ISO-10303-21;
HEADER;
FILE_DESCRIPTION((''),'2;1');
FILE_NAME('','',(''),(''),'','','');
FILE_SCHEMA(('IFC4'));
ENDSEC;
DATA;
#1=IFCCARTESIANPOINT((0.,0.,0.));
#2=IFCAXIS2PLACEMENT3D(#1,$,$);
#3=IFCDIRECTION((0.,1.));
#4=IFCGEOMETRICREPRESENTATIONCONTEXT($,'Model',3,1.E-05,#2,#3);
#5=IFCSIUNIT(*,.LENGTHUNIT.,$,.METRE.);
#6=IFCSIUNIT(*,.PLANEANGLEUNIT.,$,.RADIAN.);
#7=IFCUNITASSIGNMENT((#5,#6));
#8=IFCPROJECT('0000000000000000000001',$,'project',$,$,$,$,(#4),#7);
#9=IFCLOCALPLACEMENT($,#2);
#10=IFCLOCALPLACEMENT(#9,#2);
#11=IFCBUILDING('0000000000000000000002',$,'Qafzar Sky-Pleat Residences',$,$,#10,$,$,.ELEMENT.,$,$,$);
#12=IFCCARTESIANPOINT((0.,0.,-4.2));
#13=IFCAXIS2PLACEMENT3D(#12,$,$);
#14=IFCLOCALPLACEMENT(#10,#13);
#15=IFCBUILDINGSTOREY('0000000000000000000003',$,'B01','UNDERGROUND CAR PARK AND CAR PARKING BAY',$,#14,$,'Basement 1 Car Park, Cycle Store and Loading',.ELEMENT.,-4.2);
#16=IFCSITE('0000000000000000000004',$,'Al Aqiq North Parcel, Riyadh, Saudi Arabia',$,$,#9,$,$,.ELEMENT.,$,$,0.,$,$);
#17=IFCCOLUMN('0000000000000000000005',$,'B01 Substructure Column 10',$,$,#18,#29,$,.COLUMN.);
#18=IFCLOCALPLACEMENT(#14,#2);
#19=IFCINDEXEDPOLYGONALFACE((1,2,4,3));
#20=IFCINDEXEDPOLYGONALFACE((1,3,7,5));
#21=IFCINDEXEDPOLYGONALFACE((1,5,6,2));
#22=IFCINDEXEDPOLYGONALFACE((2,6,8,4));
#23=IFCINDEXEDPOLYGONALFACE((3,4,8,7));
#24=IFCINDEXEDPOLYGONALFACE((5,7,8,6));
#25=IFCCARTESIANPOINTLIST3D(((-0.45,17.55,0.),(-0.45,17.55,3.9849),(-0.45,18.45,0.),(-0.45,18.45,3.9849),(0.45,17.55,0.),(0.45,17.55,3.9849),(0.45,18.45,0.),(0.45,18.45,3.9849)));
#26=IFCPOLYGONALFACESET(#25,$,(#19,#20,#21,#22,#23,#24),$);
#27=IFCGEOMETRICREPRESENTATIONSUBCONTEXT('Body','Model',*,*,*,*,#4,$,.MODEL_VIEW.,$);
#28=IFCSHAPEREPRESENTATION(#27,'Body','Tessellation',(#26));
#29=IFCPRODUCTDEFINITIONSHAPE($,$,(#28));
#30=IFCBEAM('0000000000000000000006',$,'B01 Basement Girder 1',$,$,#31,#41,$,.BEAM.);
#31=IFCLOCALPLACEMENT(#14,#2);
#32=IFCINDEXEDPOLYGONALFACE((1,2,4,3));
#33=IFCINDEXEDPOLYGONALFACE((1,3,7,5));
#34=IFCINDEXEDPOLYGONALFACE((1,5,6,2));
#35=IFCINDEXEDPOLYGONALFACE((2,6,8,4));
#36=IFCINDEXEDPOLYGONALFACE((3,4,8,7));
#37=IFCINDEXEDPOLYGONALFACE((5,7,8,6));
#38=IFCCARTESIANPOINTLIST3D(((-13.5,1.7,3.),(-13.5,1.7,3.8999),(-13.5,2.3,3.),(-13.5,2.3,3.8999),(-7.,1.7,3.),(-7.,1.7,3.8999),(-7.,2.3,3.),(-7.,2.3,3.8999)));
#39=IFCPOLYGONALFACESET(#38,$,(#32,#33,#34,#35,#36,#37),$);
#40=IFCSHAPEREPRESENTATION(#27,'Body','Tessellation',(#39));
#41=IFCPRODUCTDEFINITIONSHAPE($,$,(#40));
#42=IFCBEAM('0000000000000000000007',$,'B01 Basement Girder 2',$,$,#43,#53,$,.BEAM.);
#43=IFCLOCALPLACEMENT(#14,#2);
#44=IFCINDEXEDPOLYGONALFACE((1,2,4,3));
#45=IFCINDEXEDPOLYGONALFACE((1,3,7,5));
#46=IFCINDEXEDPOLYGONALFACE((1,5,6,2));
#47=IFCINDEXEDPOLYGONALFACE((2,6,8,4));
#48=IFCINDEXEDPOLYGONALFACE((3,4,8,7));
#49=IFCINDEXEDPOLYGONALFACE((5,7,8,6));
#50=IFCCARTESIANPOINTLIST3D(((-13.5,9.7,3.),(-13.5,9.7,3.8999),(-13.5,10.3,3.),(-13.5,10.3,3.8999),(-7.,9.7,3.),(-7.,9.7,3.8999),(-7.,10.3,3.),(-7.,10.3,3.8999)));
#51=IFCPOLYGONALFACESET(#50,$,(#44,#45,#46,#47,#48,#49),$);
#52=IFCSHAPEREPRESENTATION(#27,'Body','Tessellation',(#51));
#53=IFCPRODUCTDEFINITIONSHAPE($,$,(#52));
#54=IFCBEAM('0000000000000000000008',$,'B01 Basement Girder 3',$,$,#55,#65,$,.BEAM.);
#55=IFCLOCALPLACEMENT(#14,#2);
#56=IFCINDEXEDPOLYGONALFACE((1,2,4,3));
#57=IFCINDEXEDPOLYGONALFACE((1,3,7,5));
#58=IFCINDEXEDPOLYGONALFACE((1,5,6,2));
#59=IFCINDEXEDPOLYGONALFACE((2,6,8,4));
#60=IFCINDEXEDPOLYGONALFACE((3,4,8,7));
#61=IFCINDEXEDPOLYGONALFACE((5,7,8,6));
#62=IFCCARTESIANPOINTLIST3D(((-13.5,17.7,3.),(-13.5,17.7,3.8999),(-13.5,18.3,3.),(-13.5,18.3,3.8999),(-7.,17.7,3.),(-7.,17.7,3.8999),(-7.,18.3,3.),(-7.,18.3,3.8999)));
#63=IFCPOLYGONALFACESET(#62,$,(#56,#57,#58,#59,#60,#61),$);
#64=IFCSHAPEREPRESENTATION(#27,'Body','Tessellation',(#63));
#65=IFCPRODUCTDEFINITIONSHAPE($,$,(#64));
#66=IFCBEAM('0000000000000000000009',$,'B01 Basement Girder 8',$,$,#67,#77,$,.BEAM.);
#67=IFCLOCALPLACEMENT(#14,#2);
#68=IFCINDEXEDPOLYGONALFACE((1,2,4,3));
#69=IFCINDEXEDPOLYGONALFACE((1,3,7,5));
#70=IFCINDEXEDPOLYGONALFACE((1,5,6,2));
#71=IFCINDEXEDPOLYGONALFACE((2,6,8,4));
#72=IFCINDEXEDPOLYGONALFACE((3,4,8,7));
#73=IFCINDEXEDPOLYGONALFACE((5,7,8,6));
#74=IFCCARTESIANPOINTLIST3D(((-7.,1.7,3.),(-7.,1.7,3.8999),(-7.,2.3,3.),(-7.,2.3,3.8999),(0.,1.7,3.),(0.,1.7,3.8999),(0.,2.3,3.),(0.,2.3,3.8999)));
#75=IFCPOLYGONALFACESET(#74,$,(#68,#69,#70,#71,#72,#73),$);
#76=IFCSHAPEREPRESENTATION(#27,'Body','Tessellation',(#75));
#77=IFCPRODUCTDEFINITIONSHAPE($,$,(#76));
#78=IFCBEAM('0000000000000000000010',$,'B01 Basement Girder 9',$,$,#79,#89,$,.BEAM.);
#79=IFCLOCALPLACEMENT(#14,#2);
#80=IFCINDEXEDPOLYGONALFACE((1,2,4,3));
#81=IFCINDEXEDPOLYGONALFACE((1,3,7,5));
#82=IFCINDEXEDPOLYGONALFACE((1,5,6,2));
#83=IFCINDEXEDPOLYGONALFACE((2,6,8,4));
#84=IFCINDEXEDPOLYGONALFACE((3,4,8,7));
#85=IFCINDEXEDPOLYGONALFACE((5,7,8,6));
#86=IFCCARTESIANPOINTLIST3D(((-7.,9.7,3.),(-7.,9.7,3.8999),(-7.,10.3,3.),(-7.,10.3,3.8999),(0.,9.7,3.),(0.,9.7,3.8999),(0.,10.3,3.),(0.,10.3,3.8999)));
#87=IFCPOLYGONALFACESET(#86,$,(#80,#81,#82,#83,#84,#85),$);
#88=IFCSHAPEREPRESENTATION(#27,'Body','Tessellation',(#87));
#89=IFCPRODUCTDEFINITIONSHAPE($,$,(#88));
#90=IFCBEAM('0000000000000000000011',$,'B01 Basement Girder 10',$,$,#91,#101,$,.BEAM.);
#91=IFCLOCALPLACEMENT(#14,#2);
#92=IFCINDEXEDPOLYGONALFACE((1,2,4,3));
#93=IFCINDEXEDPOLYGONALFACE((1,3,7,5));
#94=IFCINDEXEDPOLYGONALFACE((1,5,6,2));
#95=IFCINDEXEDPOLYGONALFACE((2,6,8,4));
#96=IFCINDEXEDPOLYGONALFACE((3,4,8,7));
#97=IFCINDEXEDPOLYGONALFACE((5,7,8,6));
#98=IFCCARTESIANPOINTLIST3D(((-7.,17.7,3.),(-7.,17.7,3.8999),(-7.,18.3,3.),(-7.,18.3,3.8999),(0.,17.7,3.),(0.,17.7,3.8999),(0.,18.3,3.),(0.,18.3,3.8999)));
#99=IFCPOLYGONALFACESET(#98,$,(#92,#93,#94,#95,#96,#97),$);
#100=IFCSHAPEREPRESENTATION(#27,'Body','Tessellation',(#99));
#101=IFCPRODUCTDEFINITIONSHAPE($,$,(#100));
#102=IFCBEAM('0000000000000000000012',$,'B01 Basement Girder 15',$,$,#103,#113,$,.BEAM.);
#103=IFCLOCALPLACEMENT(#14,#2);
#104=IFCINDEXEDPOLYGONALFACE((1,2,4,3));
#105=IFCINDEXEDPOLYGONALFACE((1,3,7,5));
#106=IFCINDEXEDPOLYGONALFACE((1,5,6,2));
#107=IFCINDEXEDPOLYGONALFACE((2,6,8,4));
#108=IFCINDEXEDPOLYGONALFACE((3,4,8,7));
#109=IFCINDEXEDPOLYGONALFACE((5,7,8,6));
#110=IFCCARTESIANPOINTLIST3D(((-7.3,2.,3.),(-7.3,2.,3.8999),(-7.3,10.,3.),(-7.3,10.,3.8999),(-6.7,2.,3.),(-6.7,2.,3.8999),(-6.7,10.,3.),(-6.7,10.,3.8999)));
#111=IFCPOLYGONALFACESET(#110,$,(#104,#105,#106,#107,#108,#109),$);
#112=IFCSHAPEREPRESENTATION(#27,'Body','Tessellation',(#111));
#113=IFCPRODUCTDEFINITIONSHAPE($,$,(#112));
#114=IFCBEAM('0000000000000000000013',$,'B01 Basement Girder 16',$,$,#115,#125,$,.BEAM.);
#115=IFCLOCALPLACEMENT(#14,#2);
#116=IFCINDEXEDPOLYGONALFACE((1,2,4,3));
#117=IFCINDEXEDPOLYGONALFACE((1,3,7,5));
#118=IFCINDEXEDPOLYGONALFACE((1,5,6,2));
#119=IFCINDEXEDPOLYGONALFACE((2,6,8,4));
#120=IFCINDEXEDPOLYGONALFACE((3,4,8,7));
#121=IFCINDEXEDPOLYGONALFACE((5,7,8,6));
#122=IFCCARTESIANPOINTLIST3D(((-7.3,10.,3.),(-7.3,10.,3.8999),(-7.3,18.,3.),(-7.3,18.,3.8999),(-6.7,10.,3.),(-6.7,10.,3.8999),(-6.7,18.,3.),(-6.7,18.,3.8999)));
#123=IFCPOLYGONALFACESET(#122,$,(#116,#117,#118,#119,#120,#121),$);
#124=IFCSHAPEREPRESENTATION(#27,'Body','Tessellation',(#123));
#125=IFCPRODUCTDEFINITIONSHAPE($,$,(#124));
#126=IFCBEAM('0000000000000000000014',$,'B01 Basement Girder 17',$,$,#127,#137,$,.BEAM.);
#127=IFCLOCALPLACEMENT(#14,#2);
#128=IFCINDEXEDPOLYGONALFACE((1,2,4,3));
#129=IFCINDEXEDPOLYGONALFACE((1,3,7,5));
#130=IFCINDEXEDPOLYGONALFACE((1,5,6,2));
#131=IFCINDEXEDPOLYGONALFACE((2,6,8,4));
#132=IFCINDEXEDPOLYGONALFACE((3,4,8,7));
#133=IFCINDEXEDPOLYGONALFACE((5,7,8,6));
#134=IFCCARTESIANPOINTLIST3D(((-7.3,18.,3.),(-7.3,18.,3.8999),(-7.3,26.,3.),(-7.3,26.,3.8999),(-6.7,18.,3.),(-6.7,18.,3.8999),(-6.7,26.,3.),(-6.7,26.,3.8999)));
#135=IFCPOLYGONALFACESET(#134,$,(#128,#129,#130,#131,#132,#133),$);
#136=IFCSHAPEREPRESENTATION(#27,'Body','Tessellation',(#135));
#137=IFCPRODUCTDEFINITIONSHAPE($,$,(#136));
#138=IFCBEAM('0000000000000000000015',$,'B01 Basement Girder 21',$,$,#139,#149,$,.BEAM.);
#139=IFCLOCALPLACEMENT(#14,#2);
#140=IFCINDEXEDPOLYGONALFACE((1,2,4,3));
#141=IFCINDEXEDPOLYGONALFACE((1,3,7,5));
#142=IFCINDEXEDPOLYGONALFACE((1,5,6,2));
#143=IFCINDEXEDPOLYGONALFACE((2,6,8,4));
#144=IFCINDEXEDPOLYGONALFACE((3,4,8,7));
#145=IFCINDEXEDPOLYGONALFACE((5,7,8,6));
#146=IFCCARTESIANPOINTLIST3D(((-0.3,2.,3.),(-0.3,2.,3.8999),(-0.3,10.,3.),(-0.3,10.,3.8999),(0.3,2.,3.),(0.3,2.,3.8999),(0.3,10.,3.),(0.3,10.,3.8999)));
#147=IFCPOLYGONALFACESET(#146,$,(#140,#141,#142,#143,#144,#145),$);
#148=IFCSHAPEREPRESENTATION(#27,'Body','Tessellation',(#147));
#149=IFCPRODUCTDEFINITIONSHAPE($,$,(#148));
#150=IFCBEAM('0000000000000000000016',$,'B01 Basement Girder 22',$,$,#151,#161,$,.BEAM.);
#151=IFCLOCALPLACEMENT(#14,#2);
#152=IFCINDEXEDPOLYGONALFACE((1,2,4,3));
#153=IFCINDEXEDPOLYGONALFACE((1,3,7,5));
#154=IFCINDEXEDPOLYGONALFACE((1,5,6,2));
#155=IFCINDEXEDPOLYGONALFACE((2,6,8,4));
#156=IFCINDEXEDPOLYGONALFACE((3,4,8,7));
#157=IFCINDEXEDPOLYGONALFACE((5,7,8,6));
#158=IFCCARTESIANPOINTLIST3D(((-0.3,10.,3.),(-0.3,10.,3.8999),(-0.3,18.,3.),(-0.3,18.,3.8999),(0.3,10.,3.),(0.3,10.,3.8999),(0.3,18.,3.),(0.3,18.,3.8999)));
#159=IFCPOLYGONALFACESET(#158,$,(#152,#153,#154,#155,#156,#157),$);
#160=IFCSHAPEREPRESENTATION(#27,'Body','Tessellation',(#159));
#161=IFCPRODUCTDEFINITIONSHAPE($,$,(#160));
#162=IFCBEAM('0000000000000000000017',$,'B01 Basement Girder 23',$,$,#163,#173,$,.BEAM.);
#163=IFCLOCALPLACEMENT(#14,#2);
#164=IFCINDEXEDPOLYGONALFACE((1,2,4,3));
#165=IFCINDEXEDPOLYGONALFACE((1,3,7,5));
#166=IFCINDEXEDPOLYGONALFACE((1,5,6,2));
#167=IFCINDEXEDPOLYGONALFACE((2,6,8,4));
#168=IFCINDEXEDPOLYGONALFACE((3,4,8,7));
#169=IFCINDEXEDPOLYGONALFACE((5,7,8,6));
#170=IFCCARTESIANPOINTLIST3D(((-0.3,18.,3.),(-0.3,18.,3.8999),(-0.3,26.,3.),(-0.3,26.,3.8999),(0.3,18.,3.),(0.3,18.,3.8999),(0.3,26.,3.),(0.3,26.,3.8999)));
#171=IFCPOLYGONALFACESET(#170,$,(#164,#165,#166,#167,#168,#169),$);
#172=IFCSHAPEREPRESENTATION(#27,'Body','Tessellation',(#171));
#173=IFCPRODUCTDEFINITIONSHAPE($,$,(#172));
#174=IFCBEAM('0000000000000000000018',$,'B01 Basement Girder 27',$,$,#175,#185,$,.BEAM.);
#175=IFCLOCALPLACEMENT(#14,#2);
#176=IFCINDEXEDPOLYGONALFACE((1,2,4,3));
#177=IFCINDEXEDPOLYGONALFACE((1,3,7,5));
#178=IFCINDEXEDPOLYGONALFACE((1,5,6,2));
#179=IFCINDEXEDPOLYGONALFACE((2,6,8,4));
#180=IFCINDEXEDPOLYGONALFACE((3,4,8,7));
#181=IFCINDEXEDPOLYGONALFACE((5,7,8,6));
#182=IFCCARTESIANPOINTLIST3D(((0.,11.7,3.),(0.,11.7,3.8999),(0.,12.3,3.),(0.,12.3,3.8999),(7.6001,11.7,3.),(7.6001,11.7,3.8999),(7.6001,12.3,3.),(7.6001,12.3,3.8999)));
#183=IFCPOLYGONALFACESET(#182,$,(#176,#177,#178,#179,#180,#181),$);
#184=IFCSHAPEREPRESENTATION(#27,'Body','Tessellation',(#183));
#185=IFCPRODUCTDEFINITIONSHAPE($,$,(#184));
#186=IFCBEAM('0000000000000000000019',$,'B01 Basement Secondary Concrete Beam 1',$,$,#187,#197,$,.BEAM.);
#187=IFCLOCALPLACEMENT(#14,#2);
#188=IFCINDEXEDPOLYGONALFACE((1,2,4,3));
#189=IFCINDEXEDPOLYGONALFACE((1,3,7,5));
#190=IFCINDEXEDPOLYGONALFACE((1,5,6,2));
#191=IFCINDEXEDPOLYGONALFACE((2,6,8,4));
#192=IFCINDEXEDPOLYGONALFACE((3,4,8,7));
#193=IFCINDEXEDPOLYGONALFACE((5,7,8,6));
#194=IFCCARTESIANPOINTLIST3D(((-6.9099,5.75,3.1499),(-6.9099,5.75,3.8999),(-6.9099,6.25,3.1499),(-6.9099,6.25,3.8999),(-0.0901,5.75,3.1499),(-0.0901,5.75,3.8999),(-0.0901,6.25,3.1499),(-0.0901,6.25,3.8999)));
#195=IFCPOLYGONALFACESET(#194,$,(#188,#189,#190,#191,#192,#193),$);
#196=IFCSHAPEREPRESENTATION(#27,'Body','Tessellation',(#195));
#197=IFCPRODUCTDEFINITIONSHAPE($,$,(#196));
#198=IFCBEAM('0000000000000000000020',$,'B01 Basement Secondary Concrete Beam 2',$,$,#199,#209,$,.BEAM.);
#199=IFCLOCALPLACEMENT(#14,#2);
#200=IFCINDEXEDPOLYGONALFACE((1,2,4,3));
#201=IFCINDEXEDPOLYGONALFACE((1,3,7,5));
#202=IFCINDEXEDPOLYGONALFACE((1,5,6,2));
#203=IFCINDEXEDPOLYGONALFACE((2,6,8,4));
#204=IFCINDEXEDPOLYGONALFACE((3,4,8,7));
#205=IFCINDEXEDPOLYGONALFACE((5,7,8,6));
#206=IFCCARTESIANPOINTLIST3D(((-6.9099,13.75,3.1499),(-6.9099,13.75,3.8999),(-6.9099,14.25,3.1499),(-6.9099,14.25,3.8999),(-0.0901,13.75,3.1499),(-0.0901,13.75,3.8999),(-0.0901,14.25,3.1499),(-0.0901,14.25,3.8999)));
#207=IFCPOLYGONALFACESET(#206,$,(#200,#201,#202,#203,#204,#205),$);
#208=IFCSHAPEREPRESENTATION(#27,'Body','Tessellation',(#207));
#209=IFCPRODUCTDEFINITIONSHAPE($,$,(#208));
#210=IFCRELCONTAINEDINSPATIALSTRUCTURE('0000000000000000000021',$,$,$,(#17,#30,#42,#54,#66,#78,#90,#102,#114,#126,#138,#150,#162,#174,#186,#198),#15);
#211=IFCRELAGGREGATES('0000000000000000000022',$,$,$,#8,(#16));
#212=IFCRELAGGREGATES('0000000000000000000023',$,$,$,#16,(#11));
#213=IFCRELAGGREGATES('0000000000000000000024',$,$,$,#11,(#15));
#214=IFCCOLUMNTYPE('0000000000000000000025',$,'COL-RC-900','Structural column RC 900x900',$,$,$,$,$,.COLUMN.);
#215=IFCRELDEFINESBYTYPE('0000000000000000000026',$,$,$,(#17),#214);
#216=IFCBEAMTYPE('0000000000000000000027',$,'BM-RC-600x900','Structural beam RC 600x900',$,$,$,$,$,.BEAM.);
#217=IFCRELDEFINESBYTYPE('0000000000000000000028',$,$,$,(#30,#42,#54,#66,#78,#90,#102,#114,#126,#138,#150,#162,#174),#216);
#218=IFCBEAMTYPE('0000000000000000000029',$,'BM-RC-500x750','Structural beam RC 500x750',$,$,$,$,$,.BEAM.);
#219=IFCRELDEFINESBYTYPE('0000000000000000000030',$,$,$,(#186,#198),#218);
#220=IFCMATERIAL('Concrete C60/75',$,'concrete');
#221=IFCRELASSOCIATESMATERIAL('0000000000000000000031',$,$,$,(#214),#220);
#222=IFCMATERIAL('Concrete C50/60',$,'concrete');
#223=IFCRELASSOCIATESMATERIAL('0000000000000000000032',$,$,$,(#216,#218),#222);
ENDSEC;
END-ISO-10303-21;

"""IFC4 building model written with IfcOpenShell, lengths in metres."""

from ifc_helpers import new_model, si_unit, direction, frame, origin, origin_2d, place, context, subcontext, project, spatial, rectangle, extrude, source, transform, mapped, material, material_profile, profile_set, type_object, element, save


model = new_model("IFC4")

# Units and contexts
model_context = context("Model", 3, precision=1e-05, world=origin(), true_north=direction((0.0, 1.0)))
body_context = subcontext(model_context, "Body", "Model", "MODEL_VIEW")
ifc_project = project(units=[si_unit("LENGTHUNIT", "METRE"), si_unit("PLANEANGLEUNIT", "RADIAN")], contexts=[model_context])

# Site, building, storey
site_placement = place(None, origin())
site = spatial("IfcSite", under=ifc_project, at=site_placement, Name="Al Aqiq North Parcel, Riyadh, Saudi Arabia", CompositionType="ELEMENT", RefElevation=0.0)
building_placement = place(site_placement, origin())
building = spatial("IfcBuilding", under=site, at=building_placement, Name="Qafzar Sky-Pleat Residences", CompositionType="ELEMENT")
storey_placement = place(building_placement, frame((0.0, 0.0, -4.2)))
storey = spatial("IfcBuildingStorey", under=building, at=storey_placement, Name="B01", Description="UNDERGROUND CAR PARK AND CAR PARKING BAY", LongName="Basement 1 Car Park, Cycle Store and Loading", CompositionType="ELEMENT", Elevation=-4.2)

# Column
ifc_material_1 = material(Name="Concrete C60/75", Category="concrete")
ifc_material_profile_1 = material_profile(ifc_material_1, rectangle(XDim=0.8999, YDim=0.8999, at=origin_2d()), Name="RC 900x900")
ifc_profile_set_1 = profile_set([ifc_material_profile_1], Name="Concrete C60/75")
column_type_1 = type_object("IfcColumnType", Name="COL-RC-900", Description="Structural column RC 900x900", PredefinedType="COLUMN", material=ifc_profile_set_1)
shared_shape_1 = source(origin(), body_context, "Body", "SweptSolid", [
    extrude(rectangle(XDim=0.8999, YDim=0.8999, at=origin_2d()), origin(), (0.0, 0.0, 1.0), 3.9849),
])
for number, where, z_axis, x_axis, name in (
    (1, (0.0, 18.0, 0.0), (0.0, 0.0, 1.0), (1.0, 0.0, 0.0), "B01 Substructure Column 10"),
):
    element("IfcColumn", number, at=place(storey_placement, frame(where, z_axis=z_axis, x_axis=x_axis)), inside=storey, type_object=column_type_1, Name=name, PredefinedType="COLUMN", context=body_context, shape_type="MappedRepresentation", body=[
        mapped(shared_shape_1, transform((0.0, 0.0, 0.0), x_axis=(1.0, 0.0, 0.0), y_axis=(0.0, 1.0, 0.0), z_axis=(0.0, 0.0, 1.0), scale=1.0)),
    ])

# Beams
ifc_material_2 = material(Name="Concrete C50/60", Category="concrete")
ifc_material_profile_2 = material_profile(ifc_material_2, rectangle(XDim=0.6001, YDim=0.8999, at=origin_2d()), Name="RC 600x900")
ifc_profile_set_2 = profile_set([ifc_material_profile_2], Name="Concrete C50/60")
beam_type_1 = type_object("IfcBeamType", Name="BM-RC-600x900", Description="Structural beam RC 600x900", PredefinedType="BEAM", material=ifc_profile_set_2)
shared_shape_2 = source(origin(), body_context, "Body", "SweptSolid", [
    extrude(rectangle(XDim=0.6001, YDim=0.8999, at=origin_2d()), origin(), (0.0, 0.0, 1.0), 6.5),
])
for number, where, z_axis, x_axis, name in (
    (2, (-13.5, 2.0, 3.45), (1.0, 0.0, 0.0), (0.0, 1.0, 0.0), "B01 Basement Girder 1"),
    (3, (-13.5, 10.0, 3.45), (1.0, 0.0, 0.0), (0.0, 1.0, 0.0), "B01 Basement Girder 2"),
    (4, (-13.5, 18.0, 3.45), (1.0, 0.0, 0.0), (0.0, 1.0, 0.0), "B01 Basement Girder 3"),
):
    element("IfcBeam", number, at=place(storey_placement, frame(where, z_axis=z_axis, x_axis=x_axis)), inside=storey, type_object=beam_type_1, Name=name, PredefinedType="BEAM", context=body_context, shape_type="MappedRepresentation", body=[
        mapped(shared_shape_2, transform((0.0, 0.0, 0.0), x_axis=(1.0, 0.0, 0.0), y_axis=(0.0, 1.0, 0.0), z_axis=(0.0, 0.0, 1.0), scale=1.0)),
    ])
shared_shape_3 = source(origin(), body_context, "Body", "SweptSolid", [
    extrude(rectangle(XDim=0.6001, YDim=0.8999, at=origin_2d()), origin(), (0.0, 0.0, 1.0), 7.0),
])
for number, where, z_axis, x_axis, name in (
    (5, (-7.0, 2.0, 3.45), (1.0, 0.0, 0.0), (0.0, 1.0, 0.0), "B01 Basement Girder 8"),
    (6, (-7.0, 10.0, 3.45), (1.0, 0.0, 0.0), (0.0, 1.0, 0.0), "B01 Basement Girder 9"),
    (7, (-7.0, 18.0, 3.45), (1.0, 0.0, 0.0), (0.0, 1.0, 0.0), "B01 Basement Girder 10"),
):
    element("IfcBeam", number, at=place(storey_placement, frame(where, z_axis=z_axis, x_axis=x_axis)), inside=storey, type_object=beam_type_1, Name=name, PredefinedType="BEAM", context=body_context, shape_type="MappedRepresentation", body=[
        mapped(shared_shape_3, transform((0.0, 0.0, 0.0), x_axis=(1.0, 0.0, 0.0), y_axis=(0.0, 1.0, 0.0), z_axis=(0.0, 0.0, 1.0), scale=1.0)),
    ])
shared_shape_4 = source(origin(), body_context, "Body", "SweptSolid", [
    extrude(rectangle(XDim=0.6001, YDim=0.8999, at=origin_2d()), origin(), (0.0, 0.0, 1.0), 8.0),
])
for number, where, z_axis, x_axis, name in (
    (8, (-7.0, 2.0, 3.45), (0.0, 1.0, 0.0), (-1.0, 0.0, 0.0), "B01 Basement Girder 15"),
    (9, (-7.0, 10.0, 3.45), (0.0, 1.0, 0.0), (-1.0, 0.0, 0.0), "B01 Basement Girder 16"),
    (10, (-7.0, 18.0, 3.45), (0.0, 1.0, 0.0), (-1.0, 0.0, 0.0), "B01 Basement Girder 17"),
    (11, (0.0, 2.0, 3.45), (0.0, 1.0, 0.0), (-1.0, 0.0, 0.0), "B01 Basement Girder 21"),
    (12, (0.0, 10.0, 3.45), (0.0, 1.0, 0.0), (-1.0, 0.0, 0.0), "B01 Basement Girder 22"),
    (13, (0.0, 18.0, 3.45), (0.0, 1.0, 0.0), (-1.0, 0.0, 0.0), "B01 Basement Girder 23"),
):
    element("IfcBeam", number, at=place(storey_placement, frame(where, z_axis=z_axis, x_axis=x_axis)), inside=storey, type_object=beam_type_1, Name=name, PredefinedType="BEAM", context=body_context, shape_type="MappedRepresentation", body=[
        mapped(shared_shape_4, transform((0.0, 0.0, 0.0), x_axis=(1.0, 0.0, 0.0), y_axis=(0.0, 1.0, 0.0), z_axis=(0.0, 0.0, 1.0), scale=1.0)),
    ])
shared_shape_5 = source(origin(), body_context, "Body", "SweptSolid", [
    extrude(rectangle(XDim=0.6001, YDim=0.8999, at=origin_2d()), origin(), (0.0, 0.0, 1.0), 7.6001),
])
beam_placement = place(storey_placement, frame((0.0, 12.0, 3.45), z_axis=(1.0, 0.0, 0.0), x_axis=(0.0, 1.0, 0.0)))
element("IfcBeam", 14, at=beam_placement, inside=storey, type_object=beam_type_1, Name="B01 Basement Girder 27", PredefinedType="BEAM", context=body_context, shape_type="MappedRepresentation", body=[
    mapped(shared_shape_5, transform((0.0, 0.0, 0.0), x_axis=(1.0, 0.0, 0.0), y_axis=(0.0, 1.0, 0.0), z_axis=(0.0, 0.0, 1.0), scale=1.0)),
])
ifc_material_profile_3 = material_profile(ifc_material_2, rectangle(XDim=0.5, YDim=0.75, at=origin_2d()), Name="RC 500x750")
ifc_profile_set_3 = profile_set([ifc_material_profile_3], Name="Concrete C50/60")
beam_type_2 = type_object("IfcBeamType", Name="BM-RC-500x750", Description="Structural beam RC 500x750", PredefinedType="BEAM", material=ifc_profile_set_3)
shared_shape_6 = source(origin(), body_context, "Body", "SweptSolid", [
    extrude(rectangle(XDim=0.5, YDim=0.75, at=origin_2d()), origin(), (0.0, 0.0, 1.0), 6.8198),
])
for number, where, z_axis, x_axis, name in (
    (15, (-6.9099, 6.0, 3.5249), (1.0, 0.0, 0.0), (0.0, 1.0, 0.0), "B01 Basement Secondary Concrete Beam 1"),
    (16, (-6.9099, 14.0, 3.5249), (1.0, 0.0, 0.0), (0.0, 1.0, 0.0), "B01 Basement Secondary Concrete Beam 2"),
):
    element("IfcBeam", number, at=place(storey_placement, frame(where, z_axis=z_axis, x_axis=x_axis)), inside=storey, type_object=beam_type_2, Name=name, PredefinedType="BEAM", context=body_context, shape_type="MappedRepresentation", body=[
        mapped(shared_shape_6, transform((0.0, 0.0, 0.0), x_axis=(1.0, 0.0, 0.0), y_axis=(0.0, 1.0, 0.0), z_axis=(0.0, 0.0, 1.0), scale=1.0)),
    ])

save(model, "model.ifc")
